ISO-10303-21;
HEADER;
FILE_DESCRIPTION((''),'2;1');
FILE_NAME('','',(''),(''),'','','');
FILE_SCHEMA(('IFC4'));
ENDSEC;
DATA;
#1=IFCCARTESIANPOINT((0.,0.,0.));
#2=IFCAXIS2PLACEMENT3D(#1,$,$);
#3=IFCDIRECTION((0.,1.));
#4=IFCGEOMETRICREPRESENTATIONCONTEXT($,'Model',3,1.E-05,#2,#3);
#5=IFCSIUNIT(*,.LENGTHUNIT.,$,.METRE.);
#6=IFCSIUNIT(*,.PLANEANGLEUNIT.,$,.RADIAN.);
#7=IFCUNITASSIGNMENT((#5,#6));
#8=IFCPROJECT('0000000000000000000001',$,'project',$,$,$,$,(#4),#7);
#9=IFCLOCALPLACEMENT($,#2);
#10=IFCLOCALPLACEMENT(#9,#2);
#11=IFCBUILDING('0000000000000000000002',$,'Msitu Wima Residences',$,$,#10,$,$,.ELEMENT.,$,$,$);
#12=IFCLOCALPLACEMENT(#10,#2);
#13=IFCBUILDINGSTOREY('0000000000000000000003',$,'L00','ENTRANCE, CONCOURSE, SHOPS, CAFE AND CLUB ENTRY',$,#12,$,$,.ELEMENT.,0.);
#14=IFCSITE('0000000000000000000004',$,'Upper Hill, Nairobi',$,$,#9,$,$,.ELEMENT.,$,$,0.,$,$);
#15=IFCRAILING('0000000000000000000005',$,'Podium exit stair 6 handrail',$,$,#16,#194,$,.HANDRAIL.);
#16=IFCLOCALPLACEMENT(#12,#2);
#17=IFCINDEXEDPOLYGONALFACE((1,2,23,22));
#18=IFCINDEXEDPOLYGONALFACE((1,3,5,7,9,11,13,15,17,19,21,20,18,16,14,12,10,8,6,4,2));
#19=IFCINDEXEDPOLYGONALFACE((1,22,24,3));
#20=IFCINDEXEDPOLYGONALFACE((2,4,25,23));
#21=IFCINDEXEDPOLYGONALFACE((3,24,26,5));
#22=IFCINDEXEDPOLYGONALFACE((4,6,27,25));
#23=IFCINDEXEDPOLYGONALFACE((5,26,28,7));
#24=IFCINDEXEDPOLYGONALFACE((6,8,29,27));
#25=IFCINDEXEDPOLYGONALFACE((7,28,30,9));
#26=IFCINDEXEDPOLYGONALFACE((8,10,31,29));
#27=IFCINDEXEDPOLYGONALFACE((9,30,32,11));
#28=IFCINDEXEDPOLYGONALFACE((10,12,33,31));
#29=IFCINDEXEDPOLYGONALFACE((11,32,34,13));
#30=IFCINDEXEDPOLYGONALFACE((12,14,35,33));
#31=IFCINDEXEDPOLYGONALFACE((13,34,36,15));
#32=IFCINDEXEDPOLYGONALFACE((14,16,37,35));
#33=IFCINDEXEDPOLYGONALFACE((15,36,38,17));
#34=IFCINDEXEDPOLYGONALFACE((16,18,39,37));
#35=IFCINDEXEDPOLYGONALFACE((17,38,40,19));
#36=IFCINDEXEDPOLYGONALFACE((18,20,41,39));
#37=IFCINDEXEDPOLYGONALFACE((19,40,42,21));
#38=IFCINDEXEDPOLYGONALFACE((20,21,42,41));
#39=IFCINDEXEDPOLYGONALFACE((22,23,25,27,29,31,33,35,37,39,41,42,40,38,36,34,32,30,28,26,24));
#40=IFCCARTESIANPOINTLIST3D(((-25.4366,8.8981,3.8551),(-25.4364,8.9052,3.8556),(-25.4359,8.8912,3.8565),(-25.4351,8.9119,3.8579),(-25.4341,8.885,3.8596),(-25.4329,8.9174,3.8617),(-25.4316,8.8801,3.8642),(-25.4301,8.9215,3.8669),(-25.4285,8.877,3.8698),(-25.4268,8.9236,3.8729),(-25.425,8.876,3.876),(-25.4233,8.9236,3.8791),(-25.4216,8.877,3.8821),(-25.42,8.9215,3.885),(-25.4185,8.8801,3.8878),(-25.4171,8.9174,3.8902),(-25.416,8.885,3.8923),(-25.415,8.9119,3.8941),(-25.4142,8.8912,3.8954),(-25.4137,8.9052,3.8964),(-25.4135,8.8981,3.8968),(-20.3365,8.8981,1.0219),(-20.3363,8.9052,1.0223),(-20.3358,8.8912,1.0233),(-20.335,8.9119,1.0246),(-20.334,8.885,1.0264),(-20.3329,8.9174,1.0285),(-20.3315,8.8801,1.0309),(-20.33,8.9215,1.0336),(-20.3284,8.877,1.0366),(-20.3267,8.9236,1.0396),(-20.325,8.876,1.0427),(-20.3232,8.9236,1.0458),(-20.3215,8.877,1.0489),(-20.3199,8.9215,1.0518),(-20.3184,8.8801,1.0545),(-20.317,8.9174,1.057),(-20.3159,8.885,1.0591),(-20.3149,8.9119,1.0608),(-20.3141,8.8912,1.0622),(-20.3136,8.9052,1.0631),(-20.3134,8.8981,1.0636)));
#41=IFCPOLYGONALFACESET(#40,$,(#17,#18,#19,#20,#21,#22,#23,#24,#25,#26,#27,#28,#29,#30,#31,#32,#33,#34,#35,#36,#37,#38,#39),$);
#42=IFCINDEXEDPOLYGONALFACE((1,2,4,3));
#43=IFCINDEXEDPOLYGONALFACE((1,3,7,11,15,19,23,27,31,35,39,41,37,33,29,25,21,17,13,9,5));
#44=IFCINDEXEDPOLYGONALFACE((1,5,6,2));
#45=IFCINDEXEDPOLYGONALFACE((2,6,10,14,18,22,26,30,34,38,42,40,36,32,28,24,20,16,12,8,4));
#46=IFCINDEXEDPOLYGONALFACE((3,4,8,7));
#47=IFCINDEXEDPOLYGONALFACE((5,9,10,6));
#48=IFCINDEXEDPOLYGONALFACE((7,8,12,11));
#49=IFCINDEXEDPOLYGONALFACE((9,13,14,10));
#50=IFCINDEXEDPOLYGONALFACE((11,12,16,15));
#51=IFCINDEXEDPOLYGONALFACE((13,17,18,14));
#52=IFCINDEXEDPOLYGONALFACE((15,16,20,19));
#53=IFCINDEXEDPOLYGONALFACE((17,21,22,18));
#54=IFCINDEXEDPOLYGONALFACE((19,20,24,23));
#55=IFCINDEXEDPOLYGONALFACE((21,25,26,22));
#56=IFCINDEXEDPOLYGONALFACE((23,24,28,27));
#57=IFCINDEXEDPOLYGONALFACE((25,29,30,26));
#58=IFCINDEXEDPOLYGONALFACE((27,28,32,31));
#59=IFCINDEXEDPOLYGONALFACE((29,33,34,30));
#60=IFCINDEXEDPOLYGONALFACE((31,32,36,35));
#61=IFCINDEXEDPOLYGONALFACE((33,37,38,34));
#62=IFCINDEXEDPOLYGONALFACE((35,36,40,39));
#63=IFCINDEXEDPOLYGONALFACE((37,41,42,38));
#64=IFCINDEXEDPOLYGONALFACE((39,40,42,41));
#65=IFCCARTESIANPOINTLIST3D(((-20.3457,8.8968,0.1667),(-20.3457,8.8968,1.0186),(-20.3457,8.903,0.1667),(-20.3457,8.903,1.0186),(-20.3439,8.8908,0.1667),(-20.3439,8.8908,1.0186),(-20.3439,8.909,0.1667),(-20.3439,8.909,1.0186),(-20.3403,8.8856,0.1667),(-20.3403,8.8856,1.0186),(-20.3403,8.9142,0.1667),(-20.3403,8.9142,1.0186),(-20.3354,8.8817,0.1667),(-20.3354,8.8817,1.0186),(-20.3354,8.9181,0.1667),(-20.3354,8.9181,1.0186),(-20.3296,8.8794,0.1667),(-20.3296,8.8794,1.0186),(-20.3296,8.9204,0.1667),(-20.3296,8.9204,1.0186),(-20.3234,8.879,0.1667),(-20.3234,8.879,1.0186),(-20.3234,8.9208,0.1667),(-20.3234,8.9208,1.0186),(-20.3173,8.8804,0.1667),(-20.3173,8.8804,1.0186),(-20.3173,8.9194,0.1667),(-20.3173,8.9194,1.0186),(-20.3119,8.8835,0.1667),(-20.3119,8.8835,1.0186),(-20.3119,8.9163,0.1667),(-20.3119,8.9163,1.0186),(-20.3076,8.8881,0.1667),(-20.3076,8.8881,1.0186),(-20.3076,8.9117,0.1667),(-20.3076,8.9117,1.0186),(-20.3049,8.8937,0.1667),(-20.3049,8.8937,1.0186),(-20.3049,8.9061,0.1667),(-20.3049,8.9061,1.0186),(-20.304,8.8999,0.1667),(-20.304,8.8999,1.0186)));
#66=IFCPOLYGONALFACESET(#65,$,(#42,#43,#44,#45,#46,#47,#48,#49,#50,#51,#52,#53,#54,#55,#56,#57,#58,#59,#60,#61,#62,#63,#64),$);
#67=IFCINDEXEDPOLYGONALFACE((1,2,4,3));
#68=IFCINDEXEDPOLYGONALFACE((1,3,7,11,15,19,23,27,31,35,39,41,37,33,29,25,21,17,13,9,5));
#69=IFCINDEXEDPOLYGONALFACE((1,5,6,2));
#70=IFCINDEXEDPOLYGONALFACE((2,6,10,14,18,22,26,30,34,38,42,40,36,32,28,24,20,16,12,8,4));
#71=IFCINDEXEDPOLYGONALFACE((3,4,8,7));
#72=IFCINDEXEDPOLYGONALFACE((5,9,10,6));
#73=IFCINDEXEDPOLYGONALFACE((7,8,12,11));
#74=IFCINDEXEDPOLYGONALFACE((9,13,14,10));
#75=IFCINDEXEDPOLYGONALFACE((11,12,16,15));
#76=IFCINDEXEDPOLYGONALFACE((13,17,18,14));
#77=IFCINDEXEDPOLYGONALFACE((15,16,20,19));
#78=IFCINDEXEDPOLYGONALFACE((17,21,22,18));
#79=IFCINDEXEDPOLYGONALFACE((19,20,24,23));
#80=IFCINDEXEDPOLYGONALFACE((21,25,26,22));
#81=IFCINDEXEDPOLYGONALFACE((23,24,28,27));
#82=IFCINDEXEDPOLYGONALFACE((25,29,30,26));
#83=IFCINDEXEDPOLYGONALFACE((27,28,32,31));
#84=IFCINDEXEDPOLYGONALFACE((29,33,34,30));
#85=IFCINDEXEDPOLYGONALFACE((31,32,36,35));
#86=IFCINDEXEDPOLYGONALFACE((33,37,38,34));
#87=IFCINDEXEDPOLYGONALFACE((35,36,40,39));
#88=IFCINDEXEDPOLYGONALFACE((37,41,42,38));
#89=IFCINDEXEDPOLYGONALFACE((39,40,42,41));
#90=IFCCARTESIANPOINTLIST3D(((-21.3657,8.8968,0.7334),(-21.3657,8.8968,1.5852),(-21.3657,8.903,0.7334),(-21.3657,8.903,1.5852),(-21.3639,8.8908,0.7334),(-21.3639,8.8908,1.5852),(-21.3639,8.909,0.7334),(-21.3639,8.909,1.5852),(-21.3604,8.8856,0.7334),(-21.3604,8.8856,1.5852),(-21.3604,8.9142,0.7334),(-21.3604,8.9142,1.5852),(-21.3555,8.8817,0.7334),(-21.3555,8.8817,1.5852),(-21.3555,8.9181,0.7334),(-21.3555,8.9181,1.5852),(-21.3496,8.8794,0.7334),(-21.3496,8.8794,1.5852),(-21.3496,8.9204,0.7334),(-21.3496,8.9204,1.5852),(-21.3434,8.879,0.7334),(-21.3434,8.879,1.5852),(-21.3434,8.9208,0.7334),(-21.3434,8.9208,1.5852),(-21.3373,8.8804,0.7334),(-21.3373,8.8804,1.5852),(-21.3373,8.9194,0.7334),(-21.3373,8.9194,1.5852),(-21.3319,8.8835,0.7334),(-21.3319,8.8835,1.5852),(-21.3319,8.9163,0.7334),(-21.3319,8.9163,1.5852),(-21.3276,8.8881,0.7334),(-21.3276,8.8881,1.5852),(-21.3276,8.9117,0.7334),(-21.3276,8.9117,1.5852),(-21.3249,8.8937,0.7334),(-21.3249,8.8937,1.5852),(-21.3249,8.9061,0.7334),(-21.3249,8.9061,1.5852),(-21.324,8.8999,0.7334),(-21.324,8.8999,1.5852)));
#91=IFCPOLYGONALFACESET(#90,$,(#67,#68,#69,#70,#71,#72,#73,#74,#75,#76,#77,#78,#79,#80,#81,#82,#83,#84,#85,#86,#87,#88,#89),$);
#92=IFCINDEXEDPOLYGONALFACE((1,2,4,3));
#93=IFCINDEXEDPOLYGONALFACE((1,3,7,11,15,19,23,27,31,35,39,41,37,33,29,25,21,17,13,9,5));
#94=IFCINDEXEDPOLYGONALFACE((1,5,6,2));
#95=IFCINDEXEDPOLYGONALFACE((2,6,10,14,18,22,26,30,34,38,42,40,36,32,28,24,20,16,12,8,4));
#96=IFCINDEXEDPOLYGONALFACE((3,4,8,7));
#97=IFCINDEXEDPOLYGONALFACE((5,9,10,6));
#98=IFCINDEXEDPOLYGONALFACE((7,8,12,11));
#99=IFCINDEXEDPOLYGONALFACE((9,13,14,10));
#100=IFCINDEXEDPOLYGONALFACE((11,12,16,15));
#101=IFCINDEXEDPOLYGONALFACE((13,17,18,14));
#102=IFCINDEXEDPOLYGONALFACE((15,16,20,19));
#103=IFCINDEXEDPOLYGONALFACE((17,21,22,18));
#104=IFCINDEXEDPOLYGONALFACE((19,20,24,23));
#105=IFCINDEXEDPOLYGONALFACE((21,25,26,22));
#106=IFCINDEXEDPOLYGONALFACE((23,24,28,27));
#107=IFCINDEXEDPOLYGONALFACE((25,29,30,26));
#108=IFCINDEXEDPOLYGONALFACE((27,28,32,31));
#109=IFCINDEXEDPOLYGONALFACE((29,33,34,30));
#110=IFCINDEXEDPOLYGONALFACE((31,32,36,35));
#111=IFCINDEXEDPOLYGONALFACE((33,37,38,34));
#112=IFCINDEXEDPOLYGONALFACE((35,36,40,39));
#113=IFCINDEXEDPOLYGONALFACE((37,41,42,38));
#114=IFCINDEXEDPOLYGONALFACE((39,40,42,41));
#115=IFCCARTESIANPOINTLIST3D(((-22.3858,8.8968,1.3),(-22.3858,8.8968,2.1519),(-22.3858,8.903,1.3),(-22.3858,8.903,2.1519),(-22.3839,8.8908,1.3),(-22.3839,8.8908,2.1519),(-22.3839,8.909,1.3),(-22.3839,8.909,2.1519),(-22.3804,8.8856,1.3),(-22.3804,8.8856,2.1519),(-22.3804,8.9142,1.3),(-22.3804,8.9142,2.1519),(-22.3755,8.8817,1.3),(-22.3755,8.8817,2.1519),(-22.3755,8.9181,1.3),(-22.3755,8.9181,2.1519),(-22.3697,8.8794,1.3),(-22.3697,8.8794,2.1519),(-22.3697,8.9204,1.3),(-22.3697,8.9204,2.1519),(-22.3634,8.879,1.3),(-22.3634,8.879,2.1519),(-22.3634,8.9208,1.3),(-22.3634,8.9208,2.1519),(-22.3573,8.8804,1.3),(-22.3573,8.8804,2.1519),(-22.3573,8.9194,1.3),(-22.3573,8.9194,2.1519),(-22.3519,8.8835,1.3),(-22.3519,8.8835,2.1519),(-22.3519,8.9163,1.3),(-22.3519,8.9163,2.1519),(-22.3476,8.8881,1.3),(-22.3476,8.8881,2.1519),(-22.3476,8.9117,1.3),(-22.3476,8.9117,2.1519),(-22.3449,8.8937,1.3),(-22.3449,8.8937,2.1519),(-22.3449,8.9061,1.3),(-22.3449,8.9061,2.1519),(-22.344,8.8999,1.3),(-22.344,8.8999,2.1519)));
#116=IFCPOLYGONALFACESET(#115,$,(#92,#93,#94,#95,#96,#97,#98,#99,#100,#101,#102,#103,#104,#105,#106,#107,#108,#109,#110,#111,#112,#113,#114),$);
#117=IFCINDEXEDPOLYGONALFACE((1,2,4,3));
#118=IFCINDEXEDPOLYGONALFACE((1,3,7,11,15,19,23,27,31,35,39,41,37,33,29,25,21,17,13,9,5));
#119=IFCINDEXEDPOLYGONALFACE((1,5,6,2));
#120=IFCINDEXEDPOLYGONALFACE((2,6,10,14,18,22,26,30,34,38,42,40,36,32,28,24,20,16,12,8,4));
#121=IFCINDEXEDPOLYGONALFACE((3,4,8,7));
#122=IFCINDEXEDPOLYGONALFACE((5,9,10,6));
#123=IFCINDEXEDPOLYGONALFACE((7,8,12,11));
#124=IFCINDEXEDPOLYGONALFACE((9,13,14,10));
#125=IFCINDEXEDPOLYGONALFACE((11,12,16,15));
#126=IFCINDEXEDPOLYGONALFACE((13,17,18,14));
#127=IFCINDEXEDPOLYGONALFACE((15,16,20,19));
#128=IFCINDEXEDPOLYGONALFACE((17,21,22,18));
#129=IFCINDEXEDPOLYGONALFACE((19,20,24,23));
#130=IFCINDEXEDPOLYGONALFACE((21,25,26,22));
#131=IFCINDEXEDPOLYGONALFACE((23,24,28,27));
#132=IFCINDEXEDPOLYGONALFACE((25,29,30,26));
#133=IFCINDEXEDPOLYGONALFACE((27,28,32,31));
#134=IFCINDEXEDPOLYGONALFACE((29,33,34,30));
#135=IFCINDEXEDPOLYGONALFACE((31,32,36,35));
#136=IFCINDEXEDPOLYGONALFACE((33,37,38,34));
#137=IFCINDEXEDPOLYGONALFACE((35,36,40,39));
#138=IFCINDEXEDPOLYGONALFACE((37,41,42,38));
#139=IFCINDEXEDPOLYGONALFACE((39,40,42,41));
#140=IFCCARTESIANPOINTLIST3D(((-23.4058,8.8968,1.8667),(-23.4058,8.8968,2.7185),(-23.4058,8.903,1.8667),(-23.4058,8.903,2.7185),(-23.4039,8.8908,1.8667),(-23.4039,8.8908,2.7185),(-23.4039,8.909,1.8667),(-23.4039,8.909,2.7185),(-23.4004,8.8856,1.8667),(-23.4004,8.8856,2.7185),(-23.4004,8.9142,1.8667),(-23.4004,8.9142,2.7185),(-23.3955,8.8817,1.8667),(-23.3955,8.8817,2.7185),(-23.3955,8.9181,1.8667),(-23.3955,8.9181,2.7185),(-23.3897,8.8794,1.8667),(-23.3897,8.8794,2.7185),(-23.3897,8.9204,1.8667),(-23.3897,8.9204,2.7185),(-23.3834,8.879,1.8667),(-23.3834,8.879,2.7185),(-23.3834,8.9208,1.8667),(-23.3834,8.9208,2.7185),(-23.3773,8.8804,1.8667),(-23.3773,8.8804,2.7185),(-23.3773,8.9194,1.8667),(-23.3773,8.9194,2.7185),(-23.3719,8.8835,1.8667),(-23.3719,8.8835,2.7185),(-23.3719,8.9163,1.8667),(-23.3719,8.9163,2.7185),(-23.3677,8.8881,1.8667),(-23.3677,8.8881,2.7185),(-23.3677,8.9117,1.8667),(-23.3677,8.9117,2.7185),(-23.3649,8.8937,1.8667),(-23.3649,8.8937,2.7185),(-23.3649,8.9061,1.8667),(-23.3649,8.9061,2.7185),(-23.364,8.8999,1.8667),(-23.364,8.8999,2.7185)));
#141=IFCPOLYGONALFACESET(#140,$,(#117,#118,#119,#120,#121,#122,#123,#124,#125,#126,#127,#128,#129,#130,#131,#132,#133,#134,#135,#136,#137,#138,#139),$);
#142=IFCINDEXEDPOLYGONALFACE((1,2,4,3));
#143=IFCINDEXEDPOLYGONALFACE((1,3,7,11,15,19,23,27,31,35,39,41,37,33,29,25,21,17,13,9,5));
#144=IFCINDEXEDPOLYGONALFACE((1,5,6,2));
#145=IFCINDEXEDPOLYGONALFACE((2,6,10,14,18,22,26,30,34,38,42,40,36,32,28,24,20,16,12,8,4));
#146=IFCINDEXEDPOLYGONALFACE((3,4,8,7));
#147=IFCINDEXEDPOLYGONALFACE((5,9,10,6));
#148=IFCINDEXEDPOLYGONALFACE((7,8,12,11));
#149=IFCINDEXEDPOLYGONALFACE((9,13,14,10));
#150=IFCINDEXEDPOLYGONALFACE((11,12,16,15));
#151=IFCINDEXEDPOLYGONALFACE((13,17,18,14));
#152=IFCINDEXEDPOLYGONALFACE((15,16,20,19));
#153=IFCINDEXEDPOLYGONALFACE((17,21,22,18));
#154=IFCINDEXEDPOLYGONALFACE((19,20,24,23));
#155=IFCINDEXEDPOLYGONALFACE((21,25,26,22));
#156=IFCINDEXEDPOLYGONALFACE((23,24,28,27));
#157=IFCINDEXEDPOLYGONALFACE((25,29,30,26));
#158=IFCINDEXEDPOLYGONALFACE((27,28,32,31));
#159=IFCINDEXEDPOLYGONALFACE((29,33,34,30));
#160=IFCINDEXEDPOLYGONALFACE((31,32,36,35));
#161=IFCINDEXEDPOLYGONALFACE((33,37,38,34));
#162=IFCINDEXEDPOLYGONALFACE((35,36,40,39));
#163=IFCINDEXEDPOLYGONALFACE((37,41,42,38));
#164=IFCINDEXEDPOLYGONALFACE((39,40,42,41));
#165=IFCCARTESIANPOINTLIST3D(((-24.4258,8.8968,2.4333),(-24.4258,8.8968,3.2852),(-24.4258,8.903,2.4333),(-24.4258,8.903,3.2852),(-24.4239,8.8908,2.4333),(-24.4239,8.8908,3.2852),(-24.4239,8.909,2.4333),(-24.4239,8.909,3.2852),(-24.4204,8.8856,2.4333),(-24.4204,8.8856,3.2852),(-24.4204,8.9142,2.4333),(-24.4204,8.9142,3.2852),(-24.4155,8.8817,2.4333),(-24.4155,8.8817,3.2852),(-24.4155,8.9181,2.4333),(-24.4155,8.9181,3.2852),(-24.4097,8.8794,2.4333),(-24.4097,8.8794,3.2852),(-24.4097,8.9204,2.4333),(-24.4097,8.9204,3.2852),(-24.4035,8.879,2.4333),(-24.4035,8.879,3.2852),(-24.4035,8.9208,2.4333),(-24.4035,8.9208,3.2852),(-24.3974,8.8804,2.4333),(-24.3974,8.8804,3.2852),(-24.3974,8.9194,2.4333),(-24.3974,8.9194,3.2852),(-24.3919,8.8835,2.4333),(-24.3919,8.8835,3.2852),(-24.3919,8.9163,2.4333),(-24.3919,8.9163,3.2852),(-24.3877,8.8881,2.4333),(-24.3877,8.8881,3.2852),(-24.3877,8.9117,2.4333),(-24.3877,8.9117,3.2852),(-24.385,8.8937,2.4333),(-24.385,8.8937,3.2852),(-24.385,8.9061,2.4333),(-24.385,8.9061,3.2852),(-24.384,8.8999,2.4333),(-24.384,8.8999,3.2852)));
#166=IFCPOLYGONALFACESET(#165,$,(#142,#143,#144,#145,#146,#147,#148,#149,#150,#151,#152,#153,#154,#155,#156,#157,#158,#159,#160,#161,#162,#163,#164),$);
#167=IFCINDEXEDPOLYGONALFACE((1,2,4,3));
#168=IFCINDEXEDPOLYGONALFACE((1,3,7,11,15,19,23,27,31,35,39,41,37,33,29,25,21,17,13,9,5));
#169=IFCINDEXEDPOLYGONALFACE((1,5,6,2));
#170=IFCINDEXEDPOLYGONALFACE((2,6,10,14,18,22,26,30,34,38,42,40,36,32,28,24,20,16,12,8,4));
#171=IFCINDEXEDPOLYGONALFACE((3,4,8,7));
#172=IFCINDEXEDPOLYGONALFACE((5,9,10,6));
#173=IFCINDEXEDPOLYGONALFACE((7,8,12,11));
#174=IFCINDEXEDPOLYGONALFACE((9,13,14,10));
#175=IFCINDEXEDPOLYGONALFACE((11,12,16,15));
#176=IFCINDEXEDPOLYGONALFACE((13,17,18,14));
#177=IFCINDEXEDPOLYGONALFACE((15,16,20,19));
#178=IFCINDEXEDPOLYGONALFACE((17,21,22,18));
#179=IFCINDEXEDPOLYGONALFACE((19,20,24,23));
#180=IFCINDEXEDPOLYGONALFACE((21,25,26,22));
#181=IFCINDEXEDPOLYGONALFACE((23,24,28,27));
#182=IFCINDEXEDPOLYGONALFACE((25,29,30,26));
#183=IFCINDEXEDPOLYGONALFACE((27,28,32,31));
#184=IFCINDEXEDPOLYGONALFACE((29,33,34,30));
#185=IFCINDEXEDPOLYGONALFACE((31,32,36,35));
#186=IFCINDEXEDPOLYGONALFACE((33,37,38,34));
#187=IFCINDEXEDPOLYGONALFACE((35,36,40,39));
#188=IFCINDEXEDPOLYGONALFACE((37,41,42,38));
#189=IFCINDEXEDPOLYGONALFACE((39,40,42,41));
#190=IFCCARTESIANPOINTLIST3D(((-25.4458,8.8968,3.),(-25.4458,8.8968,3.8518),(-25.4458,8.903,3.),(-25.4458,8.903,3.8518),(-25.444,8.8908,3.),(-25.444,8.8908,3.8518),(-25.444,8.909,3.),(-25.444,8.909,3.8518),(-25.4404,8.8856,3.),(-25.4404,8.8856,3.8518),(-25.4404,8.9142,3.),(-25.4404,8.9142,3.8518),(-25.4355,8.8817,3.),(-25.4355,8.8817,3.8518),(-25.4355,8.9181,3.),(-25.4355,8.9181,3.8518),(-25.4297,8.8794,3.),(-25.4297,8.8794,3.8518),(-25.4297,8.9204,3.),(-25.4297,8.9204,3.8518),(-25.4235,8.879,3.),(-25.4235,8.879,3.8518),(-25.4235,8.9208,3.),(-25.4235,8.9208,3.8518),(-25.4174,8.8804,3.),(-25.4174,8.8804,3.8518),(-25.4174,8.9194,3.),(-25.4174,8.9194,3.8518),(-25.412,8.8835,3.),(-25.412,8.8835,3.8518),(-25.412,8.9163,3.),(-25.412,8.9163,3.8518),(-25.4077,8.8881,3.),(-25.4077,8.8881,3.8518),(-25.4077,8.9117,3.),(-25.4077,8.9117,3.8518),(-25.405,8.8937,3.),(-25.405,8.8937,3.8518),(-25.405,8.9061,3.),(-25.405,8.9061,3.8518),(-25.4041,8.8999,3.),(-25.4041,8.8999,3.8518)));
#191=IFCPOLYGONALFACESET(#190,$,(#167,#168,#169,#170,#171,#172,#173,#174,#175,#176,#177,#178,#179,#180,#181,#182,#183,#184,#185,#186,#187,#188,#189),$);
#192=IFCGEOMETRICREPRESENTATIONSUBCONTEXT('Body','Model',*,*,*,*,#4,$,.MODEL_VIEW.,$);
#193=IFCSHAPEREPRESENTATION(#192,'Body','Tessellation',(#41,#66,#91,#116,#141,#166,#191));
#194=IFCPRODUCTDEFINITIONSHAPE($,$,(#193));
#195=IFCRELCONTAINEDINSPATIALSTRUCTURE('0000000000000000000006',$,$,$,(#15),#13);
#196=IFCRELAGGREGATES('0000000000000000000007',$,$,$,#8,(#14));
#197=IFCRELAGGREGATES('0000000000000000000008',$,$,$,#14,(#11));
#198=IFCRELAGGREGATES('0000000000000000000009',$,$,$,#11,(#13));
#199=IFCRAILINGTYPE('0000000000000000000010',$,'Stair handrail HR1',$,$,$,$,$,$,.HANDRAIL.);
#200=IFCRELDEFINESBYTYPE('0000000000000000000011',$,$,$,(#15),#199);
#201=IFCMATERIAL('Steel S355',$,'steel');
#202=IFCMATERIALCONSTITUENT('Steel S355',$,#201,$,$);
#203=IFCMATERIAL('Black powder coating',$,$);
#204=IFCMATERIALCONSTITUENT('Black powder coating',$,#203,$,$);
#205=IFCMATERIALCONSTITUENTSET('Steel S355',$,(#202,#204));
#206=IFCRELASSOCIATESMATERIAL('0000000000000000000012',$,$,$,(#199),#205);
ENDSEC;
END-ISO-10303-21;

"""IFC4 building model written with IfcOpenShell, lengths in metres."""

from ifc_helpers import new_model, si_unit, direction, frame, origin, origin_2d, place, context, subcontext, project, spatial, circle, extrude, material, constituent, constituent_set, type_object, element, save


model = new_model("IFC4")

# Units and contexts
model_context = context("Model", 3, precision=1e-05, world=origin(), true_north=direction((0.0, 1.0)))
body_context = subcontext(model_context, "Body", "Model", "MODEL_VIEW")
ifc_project = project(units=[si_unit("LENGTHUNIT", "METRE"), si_unit("PLANEANGLEUNIT", "RADIAN")], contexts=[model_context])

# Site, building, storey
site_placement = place(None, origin())
site = spatial("IfcSite", under=ifc_project, at=site_placement, Name="Upper Hill, Nairobi", CompositionType="ELEMENT", RefElevation=0.0)
building_placement = place(site_placement, origin())
building = spatial("IfcBuilding", under=site, at=building_placement, Name="Msitu Wima Residences", CompositionType="ELEMENT")
storey_placement = place(building_placement, origin())
storey = spatial("IfcBuildingStorey", under=building, at=storey_placement, Name="L00", Description="ENTRANCE, CONCOURSE, SHOPS, CAFE AND CLUB ENTRY", CompositionType="ELEMENT", Elevation=0.0)

# Railing
ifc_material_1 = material(Name="Steel S355", Category="steel")
ifc_constituent_1 = constituent(ifc_material_1, Name="Steel S355")
ifc_material_2 = material(Name="Black powder coating")
ifc_constituent_2 = constituent(ifc_material_2, Name="Black powder coating")
ifc_constituent_set = constituent_set(constituents=[ifc_constituent_1, ifc_constituent_2], Name="Steel S355")
railing_type = type_object("IfcRailingType", Name="Stair handrail HR1", PredefinedType="HANDRAIL", material=ifc_constituent_set)
for number, where, name in (
    (1, (-20.325, 8.8999, 0.1667), "Podium exit stair 6 handrail"),
):
    element("IfcRailing", number, at=place(storey_placement, frame(where)), inside=storey, type_object=railing_type, Name=name, PredefinedType="HANDRAIL", context=body_context, shape_type="SweptSolid", body=[
        extrude(circle(Radius=0.0239, at=origin_2d()), frame((0.0, 0.0, 0.876), z_axis=(-0.874167, 0.0, 0.485625), x_axis=(0.0, -1.0, 0.0)), (0.0, 0.0, 1.0), 5.8342),
        extrude(circle(Radius=0.021, at=origin_2d()), origin(), (0.0, 0.0, 1.0), 0.8518),
        extrude(circle(Radius=0.021, at=origin_2d()), frame((-1.02, 0.0, 0.5667)), (0.0, 0.0, 1.0), 0.8518),
        extrude(circle(Radius=0.021, at=origin_2d()), frame((-2.04, 0.0, 1.1333)), (0.0, 0.0, 1.0), 0.8518),
        extrude(circle(Radius=0.021, at=origin_2d()), frame((-3.0601, 0.0, 1.7)), (0.0, 0.0, 1.0), 0.8518),
        extrude(circle(Radius=0.021, at=origin_2d()), frame((-4.0801, 0.0, 2.2666)), (0.0, 0.0, 1.0), 0.8518),
        extrude(circle(Radius=0.021, at=origin_2d()), frame((-5.1001, 0.0, 2.8333)), (0.0, 0.0, 1.0), 0.8518),
    ])

save(model, "model.ifc")
